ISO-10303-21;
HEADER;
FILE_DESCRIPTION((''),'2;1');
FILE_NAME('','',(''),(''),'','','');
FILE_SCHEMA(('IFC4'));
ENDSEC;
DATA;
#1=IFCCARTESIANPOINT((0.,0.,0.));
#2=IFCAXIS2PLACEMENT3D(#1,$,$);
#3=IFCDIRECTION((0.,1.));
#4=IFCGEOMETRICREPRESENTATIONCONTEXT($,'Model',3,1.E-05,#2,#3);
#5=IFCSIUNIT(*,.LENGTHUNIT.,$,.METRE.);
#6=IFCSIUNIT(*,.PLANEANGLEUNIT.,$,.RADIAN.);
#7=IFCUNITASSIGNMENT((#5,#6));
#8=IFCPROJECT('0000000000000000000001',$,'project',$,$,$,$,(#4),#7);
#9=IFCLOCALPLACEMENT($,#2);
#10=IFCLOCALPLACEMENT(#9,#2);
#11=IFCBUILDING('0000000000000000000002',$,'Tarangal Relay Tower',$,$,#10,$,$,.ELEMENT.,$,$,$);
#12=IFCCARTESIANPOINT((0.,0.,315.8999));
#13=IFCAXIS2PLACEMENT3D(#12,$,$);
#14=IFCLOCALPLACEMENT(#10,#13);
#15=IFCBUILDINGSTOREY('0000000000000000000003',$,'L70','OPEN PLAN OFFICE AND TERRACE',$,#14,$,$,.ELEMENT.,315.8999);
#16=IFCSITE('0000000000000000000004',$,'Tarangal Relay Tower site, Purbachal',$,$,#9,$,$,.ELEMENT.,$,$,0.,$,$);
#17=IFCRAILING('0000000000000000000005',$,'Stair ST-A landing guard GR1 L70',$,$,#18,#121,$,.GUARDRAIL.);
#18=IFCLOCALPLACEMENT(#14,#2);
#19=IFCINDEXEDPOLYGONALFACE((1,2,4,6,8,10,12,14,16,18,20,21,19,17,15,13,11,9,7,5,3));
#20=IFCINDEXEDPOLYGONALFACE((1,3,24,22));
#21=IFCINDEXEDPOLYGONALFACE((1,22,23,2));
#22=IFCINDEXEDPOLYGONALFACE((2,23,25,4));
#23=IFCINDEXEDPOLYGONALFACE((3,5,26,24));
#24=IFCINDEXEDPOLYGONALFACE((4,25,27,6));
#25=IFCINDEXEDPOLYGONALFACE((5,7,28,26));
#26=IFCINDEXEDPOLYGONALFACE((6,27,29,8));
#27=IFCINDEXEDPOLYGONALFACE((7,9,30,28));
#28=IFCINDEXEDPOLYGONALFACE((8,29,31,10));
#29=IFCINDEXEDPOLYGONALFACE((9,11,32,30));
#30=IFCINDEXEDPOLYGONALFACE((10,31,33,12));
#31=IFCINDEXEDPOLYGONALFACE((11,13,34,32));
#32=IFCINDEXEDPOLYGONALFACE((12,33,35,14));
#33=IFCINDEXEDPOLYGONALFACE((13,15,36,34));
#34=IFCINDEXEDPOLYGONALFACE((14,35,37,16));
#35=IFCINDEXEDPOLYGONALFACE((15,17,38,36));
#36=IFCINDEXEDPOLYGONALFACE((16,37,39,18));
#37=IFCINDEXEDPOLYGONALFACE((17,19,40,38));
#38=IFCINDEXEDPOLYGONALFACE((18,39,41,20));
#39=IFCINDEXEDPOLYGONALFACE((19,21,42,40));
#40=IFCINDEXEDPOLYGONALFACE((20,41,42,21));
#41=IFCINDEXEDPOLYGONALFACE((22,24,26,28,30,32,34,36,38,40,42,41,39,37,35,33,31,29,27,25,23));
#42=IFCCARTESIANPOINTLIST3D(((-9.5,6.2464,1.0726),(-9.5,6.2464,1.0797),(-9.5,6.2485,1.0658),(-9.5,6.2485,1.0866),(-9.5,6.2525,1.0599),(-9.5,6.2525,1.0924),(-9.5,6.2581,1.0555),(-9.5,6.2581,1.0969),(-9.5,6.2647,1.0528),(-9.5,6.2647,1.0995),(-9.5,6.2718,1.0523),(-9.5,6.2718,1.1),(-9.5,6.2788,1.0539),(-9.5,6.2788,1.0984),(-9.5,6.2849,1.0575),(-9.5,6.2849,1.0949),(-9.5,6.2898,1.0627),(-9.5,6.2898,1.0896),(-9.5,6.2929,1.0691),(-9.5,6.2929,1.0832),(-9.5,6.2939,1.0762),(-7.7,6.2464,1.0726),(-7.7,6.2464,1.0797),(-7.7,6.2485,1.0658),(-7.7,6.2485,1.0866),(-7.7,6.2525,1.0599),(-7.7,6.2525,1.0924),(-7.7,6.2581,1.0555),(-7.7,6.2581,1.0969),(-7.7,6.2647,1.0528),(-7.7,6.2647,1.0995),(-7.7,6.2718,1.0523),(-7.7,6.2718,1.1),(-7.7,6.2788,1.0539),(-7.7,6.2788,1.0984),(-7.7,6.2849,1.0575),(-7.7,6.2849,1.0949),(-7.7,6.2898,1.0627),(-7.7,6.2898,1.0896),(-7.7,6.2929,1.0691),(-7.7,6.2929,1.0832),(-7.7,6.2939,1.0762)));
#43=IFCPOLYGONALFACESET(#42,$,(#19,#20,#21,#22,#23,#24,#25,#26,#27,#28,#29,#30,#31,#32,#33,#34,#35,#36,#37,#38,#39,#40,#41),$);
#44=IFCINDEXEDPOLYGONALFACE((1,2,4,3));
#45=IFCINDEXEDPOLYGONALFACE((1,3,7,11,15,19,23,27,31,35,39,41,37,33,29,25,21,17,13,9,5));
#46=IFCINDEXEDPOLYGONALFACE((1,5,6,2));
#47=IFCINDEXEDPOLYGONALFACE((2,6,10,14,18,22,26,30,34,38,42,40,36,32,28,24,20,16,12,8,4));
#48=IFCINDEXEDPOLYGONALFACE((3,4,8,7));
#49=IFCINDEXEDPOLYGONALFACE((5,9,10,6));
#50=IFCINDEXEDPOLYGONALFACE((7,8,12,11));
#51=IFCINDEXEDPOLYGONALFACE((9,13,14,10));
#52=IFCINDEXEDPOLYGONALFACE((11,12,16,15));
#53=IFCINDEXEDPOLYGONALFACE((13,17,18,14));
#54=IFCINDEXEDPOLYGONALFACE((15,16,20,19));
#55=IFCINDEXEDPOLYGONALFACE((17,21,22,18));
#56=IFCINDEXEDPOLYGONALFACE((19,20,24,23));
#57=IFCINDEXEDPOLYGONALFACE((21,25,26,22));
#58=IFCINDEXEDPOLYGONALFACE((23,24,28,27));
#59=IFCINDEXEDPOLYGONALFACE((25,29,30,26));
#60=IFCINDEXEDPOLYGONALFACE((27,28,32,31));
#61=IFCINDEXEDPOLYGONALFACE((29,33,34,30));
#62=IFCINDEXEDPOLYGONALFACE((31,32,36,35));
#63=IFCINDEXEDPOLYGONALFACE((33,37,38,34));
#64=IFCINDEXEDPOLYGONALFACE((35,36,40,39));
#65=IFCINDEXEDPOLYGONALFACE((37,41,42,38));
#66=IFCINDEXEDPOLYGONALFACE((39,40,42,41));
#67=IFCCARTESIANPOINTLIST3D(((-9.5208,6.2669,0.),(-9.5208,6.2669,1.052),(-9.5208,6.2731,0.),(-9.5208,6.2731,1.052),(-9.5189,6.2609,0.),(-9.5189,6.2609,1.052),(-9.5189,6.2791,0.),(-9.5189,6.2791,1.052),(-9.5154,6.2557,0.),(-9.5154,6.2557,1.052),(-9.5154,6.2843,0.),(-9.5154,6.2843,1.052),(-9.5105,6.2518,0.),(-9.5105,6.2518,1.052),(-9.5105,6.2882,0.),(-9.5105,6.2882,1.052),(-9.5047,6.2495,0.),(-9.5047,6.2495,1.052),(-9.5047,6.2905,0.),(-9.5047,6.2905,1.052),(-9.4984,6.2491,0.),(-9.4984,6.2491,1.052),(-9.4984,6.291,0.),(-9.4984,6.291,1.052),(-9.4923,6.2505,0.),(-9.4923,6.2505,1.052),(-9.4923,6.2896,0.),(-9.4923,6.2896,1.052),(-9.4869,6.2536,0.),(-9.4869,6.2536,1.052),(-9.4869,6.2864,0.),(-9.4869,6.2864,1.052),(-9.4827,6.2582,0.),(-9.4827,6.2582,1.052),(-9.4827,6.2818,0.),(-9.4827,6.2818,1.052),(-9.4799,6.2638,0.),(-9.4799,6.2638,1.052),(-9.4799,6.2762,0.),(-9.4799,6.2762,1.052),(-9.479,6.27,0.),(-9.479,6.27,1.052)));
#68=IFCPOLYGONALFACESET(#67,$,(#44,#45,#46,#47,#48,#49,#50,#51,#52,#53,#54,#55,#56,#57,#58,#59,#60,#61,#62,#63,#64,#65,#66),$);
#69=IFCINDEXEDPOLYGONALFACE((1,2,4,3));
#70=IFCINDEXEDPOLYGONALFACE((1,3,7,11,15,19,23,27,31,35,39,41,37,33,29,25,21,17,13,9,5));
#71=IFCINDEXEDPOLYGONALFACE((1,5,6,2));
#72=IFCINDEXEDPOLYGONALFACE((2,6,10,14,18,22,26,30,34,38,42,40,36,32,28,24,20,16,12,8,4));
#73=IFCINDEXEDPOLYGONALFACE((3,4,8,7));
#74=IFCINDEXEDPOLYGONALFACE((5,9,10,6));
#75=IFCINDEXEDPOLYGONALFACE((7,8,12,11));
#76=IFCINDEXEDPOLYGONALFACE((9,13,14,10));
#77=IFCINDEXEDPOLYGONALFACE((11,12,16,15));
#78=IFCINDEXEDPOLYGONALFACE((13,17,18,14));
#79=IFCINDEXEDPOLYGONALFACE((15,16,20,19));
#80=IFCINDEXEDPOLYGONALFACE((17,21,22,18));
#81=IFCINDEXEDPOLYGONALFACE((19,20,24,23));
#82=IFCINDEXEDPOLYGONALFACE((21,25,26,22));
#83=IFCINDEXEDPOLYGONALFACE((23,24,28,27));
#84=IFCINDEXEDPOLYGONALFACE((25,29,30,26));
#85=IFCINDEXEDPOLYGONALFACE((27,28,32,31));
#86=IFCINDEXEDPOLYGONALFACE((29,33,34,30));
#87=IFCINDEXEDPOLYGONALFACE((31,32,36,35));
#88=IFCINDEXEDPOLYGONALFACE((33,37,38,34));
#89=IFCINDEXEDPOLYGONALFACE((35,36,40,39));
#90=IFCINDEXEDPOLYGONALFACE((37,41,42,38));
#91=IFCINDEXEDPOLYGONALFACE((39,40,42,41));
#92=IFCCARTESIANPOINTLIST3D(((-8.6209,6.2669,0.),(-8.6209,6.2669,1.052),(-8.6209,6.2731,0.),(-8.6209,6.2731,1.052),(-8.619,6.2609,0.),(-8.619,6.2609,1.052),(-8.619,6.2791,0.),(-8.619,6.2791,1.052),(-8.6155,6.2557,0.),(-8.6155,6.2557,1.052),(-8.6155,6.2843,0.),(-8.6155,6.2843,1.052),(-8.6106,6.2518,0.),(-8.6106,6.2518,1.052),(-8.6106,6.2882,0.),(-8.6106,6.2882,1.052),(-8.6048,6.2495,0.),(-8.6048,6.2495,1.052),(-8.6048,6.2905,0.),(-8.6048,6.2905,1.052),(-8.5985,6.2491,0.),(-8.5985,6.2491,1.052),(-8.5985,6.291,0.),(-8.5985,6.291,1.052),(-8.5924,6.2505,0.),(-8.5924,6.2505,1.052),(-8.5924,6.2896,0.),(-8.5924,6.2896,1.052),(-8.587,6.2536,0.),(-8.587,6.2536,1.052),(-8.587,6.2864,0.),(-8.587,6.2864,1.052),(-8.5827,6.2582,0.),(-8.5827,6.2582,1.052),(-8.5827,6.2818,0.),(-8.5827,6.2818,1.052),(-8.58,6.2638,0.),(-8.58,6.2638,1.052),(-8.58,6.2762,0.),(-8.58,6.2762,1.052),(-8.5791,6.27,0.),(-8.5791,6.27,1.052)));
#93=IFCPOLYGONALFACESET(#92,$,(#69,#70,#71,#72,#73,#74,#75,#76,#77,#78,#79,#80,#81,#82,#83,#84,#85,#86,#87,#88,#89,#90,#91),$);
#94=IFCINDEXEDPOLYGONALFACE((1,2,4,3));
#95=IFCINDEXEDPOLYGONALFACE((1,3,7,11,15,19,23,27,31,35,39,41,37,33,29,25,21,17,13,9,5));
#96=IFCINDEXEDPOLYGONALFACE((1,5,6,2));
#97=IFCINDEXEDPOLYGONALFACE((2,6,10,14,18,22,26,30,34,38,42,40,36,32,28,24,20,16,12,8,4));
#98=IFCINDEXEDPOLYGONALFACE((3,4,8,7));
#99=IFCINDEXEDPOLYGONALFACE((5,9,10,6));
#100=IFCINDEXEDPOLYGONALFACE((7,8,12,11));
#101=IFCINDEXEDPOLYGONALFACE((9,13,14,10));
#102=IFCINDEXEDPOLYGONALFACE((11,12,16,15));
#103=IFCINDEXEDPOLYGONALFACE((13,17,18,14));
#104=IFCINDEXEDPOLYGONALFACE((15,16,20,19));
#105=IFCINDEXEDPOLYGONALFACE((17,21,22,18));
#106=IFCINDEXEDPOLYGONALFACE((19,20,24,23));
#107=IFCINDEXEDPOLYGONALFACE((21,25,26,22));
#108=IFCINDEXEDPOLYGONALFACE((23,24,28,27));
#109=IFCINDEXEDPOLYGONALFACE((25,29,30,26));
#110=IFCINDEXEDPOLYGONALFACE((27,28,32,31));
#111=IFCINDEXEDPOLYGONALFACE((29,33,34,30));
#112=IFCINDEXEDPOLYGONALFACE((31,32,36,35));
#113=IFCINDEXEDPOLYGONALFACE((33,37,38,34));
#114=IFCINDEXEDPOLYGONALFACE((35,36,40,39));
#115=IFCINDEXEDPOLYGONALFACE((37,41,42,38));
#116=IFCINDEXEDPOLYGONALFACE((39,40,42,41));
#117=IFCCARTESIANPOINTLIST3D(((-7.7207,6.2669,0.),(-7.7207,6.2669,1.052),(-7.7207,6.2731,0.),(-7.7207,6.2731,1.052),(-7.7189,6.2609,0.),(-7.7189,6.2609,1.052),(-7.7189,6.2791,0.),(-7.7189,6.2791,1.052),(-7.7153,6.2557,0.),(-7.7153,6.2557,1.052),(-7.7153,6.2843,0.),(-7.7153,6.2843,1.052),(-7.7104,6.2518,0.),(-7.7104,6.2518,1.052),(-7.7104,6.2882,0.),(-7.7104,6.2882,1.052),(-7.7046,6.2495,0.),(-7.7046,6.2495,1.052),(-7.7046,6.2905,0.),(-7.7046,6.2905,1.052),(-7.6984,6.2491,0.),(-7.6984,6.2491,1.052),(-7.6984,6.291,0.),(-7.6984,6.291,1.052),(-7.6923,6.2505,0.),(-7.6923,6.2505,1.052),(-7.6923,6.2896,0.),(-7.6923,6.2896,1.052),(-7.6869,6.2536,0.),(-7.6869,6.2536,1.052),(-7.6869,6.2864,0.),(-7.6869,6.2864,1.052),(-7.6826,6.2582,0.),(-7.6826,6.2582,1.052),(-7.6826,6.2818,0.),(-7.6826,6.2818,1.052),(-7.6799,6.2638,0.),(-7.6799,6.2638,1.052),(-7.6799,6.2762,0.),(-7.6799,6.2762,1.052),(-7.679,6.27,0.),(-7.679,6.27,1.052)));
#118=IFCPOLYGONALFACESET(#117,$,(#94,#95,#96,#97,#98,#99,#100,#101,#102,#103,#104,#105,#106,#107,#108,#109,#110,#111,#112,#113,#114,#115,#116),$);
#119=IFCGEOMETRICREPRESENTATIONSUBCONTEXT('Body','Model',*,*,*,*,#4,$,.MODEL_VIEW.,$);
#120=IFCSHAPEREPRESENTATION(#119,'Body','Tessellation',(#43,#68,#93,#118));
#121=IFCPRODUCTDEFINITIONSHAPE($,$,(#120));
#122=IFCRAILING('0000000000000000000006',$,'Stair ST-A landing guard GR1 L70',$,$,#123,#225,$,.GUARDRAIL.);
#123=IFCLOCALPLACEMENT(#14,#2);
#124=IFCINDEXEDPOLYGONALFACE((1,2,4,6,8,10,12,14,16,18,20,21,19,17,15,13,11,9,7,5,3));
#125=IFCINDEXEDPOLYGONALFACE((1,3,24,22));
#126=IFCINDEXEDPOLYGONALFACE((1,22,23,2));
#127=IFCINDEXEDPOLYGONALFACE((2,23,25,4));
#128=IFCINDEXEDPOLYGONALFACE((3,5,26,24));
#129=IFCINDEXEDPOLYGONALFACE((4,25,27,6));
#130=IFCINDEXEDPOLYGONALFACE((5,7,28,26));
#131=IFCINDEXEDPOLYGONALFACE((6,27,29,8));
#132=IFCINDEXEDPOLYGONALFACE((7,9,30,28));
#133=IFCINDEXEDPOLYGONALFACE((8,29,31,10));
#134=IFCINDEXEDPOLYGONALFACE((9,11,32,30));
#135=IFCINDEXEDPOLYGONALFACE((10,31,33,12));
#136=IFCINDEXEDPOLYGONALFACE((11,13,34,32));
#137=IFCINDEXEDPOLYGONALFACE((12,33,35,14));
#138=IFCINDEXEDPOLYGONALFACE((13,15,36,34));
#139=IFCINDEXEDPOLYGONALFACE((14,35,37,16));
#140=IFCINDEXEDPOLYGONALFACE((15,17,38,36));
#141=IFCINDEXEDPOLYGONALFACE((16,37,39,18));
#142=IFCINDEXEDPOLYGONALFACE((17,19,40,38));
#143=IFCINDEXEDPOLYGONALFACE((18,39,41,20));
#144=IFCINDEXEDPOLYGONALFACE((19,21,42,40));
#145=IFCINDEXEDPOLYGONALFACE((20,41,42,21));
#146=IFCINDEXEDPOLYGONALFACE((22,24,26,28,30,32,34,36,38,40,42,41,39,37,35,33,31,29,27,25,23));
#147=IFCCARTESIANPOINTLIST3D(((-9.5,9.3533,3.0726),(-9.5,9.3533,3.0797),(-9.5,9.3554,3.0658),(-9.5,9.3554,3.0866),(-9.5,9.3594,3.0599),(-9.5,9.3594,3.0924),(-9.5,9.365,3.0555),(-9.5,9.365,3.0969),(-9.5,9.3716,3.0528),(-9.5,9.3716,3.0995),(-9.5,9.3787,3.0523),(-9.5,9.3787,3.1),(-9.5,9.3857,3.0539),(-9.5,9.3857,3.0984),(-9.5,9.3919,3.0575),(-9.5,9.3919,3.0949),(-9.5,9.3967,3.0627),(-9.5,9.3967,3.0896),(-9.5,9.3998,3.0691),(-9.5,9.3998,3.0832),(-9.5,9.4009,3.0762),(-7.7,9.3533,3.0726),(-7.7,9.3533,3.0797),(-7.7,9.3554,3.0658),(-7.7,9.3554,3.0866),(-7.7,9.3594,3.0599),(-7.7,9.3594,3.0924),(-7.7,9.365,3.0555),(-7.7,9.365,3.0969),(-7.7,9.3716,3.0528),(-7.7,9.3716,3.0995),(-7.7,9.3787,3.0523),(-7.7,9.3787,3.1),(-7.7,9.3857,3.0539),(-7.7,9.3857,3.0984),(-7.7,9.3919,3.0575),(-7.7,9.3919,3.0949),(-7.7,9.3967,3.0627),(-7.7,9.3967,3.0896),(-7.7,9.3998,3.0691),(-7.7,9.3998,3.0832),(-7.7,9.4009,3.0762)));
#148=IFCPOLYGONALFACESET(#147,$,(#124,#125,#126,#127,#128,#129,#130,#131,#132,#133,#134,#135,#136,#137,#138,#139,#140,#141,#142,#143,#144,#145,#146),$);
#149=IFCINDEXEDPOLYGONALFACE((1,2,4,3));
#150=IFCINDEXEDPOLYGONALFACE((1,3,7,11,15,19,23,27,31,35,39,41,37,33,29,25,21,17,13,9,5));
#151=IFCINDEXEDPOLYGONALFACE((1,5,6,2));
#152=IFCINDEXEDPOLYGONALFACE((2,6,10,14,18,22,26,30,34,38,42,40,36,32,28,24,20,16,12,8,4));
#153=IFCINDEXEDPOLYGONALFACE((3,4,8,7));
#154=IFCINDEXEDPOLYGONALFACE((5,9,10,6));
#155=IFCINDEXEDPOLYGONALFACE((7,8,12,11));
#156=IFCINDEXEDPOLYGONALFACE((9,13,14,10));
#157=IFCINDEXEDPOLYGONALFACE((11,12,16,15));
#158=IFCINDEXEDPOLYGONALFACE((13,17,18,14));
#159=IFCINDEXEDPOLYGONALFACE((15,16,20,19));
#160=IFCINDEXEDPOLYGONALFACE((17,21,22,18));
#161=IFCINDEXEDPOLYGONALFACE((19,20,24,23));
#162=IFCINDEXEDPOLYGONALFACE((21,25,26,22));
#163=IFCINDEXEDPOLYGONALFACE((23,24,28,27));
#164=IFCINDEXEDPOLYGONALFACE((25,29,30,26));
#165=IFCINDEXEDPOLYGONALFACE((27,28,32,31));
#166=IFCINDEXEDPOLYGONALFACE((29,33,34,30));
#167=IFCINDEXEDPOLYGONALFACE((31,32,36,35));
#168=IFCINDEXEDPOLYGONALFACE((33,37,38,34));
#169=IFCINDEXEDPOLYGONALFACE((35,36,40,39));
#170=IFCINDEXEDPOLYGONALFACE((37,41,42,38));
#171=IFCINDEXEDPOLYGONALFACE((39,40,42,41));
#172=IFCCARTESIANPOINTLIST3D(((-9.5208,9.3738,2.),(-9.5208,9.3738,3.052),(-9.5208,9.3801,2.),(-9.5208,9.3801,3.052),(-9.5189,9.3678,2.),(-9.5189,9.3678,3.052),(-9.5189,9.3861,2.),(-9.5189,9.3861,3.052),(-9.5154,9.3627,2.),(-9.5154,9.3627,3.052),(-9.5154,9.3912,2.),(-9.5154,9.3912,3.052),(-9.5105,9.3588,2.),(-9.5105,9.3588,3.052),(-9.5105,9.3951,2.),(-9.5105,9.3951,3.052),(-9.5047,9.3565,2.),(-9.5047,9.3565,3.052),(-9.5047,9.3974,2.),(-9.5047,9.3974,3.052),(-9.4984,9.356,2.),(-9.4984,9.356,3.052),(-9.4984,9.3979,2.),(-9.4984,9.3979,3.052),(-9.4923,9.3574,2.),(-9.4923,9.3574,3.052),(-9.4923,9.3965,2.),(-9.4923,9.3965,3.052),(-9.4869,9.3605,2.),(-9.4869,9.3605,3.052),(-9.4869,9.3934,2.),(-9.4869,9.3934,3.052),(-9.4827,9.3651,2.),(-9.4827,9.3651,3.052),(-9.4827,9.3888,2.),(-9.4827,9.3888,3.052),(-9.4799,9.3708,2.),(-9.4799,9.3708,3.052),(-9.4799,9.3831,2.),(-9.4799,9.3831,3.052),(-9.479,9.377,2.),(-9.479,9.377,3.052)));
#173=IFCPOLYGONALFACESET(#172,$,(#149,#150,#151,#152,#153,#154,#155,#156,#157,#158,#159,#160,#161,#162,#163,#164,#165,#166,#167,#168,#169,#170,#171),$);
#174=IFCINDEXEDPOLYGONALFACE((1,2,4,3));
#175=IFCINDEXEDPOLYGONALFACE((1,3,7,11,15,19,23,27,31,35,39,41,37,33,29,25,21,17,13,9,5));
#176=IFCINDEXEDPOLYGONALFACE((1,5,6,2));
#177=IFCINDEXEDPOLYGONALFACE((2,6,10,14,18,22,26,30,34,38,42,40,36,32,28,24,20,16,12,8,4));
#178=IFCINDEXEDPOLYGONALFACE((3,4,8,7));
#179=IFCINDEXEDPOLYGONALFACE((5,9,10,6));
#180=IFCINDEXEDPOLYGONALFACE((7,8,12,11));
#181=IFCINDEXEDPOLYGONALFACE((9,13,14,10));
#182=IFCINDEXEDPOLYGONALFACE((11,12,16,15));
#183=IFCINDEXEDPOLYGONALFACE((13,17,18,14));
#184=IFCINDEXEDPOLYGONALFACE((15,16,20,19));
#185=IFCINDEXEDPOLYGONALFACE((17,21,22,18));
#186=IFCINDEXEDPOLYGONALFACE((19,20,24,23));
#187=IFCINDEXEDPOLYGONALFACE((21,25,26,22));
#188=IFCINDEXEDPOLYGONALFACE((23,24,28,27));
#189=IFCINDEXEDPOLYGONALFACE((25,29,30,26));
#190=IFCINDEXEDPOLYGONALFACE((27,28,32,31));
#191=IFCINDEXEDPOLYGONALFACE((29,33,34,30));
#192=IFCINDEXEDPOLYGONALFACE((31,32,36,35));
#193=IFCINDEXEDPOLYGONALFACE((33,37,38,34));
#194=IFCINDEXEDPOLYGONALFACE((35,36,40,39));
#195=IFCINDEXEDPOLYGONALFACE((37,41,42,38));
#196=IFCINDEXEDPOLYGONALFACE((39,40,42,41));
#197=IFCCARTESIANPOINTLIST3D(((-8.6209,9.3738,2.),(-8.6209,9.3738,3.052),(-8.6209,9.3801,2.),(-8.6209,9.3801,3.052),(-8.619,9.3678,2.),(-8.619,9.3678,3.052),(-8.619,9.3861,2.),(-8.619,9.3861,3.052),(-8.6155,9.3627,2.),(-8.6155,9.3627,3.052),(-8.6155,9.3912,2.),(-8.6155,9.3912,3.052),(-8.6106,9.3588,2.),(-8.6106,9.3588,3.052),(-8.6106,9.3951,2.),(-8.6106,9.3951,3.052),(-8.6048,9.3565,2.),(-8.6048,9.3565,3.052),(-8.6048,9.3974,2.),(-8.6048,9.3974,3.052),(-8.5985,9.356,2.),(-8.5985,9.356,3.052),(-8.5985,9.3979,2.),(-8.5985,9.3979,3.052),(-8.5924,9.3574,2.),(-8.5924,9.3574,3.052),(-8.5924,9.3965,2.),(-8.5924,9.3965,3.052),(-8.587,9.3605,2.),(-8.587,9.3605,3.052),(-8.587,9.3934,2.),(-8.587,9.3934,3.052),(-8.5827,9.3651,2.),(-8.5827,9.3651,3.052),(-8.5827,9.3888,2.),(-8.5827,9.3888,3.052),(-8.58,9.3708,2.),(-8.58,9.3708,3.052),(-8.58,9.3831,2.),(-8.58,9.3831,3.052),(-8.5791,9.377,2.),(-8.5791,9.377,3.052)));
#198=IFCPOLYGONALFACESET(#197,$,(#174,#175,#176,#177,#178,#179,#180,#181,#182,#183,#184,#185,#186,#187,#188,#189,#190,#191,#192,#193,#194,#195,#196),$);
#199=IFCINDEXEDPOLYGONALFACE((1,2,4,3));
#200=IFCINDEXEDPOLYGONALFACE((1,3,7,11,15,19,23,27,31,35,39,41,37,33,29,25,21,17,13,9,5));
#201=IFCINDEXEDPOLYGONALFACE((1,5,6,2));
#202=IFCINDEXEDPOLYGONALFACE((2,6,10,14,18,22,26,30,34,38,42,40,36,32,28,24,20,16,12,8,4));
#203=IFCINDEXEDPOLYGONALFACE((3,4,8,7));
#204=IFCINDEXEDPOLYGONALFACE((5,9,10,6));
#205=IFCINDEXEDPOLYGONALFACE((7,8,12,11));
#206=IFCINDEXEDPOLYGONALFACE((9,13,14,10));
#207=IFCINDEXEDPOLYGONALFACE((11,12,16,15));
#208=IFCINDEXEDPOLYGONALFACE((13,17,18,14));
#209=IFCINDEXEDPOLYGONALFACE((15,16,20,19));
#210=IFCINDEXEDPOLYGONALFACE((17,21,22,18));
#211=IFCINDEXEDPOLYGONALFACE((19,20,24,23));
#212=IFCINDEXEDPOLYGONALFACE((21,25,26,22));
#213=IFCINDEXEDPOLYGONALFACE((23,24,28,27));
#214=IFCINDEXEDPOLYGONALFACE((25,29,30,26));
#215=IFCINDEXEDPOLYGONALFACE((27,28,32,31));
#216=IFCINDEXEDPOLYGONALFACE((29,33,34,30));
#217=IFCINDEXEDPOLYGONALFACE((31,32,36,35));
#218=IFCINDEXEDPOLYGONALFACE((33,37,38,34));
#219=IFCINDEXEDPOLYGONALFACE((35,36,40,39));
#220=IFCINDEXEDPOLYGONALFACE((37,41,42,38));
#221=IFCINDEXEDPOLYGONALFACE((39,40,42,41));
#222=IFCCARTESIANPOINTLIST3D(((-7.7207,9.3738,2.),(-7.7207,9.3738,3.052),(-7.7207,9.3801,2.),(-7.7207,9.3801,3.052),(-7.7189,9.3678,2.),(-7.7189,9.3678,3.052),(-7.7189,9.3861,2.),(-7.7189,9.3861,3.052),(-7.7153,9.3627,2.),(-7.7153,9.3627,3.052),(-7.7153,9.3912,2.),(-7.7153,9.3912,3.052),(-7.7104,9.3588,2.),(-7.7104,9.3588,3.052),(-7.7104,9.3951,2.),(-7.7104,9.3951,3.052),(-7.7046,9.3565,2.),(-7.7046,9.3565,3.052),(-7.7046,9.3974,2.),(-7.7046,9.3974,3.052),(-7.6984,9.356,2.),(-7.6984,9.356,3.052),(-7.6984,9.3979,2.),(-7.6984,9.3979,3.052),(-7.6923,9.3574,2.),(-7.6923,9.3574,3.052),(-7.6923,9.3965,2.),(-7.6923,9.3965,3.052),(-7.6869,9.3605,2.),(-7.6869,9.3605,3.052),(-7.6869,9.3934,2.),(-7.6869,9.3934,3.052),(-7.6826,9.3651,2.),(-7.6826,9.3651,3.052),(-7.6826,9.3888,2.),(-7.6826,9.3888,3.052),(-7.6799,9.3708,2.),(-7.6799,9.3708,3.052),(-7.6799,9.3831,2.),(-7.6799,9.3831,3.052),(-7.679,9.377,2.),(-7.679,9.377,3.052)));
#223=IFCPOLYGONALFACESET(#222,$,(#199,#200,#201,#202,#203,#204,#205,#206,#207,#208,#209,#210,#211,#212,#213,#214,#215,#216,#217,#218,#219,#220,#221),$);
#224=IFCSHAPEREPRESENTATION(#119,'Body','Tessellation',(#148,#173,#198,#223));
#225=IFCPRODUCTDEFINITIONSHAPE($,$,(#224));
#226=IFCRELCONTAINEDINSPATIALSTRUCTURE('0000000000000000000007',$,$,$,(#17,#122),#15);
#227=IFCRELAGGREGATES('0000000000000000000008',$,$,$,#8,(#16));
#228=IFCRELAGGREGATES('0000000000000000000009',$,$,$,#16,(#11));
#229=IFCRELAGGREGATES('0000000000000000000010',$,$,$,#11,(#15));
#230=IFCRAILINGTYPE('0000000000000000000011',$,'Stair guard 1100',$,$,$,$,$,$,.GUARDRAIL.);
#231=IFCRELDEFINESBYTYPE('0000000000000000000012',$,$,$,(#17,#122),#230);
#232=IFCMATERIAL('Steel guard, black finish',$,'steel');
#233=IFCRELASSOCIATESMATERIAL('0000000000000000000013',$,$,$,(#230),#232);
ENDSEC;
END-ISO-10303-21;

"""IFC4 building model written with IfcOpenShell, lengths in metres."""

from ifc_helpers import new_model, si_unit, direction, frame, origin, origin_2d, place, context, subcontext, project, spatial, circle, extrude, material, type_object, element, save


model = new_model("IFC4")

# Units and contexts
model_context = context("Model", 3, precision=1e-05, world=origin(), true_north=direction((0.0, 1.0)))
body_context = subcontext(model_context, "Body", "Model", "MODEL_VIEW")
ifc_project = project(units=[si_unit("LENGTHUNIT", "METRE"), si_unit("PLANEANGLEUNIT", "RADIAN")], contexts=[model_context])

# Site, building, storey
site_placement = place(None, origin())
site = spatial("IfcSite", under=ifc_project, at=site_placement, Name="Tarangal Relay Tower site, Purbachal", CompositionType="ELEMENT", RefElevation=0.0)
building_placement = place(site_placement, origin())
building = spatial("IfcBuilding", under=site, at=building_placement, Name="Tarangal Relay Tower", CompositionType="ELEMENT")
storey_placement = place(building_placement, frame((0.0, 0.0, 315.8999)))
storey = spatial("IfcBuildingStorey", under=building, at=storey_placement, Name="L70", Description="OPEN PLAN OFFICE AND TERRACE", CompositionType="ELEMENT", Elevation=315.8999)

# Railings
ifc_material_1 = material(Name="Steel guard, black finish", Category="steel")
railing_type_1 = type_object("IfcRailingType", Name="Stair guard 1100", PredefinedType="GUARDRAIL", material=ifc_material_1)
for number, where, name in (
    (1, (-9.5, 6.27, 0.0), "Stair ST-A landing guard GR1 L70"),
    (2, (-9.5, 9.377, 2.0), "Stair ST-A landing guard GR1 L70"),
):
    element("IfcRailing", number, at=place(storey_placement, frame(where)), inside=storey, type_object=railing_type_1, Name=name, PredefinedType="GUARDRAIL", context=body_context, shape_type="SweptSolid", body=[
        extrude(circle(Radius=0.0239, at=origin_2d()), frame((0.0, 0.0, 1.0762), z_axis=(1.0, 0.0, 0.0), x_axis=(0.0, 1.0, 0.0)), (0.0, 0.0, 1.0), 1.8),
        extrude(circle(Radius=0.021, at=origin_2d()), origin(), (0.0, 0.0, 1.0), 1.052),
        extrude(circle(Radius=0.021, at=origin_2d()), frame((0.8999, 0.0, 0.0)), (0.0, 0.0, 1.0), 1.052),
        extrude(circle(Radius=0.021, at=origin_2d()), frame((1.8, 0.0, 0.0)), (0.0, 0.0, 1.0), 1.052),
    ])

save(model, "model.ifc")
